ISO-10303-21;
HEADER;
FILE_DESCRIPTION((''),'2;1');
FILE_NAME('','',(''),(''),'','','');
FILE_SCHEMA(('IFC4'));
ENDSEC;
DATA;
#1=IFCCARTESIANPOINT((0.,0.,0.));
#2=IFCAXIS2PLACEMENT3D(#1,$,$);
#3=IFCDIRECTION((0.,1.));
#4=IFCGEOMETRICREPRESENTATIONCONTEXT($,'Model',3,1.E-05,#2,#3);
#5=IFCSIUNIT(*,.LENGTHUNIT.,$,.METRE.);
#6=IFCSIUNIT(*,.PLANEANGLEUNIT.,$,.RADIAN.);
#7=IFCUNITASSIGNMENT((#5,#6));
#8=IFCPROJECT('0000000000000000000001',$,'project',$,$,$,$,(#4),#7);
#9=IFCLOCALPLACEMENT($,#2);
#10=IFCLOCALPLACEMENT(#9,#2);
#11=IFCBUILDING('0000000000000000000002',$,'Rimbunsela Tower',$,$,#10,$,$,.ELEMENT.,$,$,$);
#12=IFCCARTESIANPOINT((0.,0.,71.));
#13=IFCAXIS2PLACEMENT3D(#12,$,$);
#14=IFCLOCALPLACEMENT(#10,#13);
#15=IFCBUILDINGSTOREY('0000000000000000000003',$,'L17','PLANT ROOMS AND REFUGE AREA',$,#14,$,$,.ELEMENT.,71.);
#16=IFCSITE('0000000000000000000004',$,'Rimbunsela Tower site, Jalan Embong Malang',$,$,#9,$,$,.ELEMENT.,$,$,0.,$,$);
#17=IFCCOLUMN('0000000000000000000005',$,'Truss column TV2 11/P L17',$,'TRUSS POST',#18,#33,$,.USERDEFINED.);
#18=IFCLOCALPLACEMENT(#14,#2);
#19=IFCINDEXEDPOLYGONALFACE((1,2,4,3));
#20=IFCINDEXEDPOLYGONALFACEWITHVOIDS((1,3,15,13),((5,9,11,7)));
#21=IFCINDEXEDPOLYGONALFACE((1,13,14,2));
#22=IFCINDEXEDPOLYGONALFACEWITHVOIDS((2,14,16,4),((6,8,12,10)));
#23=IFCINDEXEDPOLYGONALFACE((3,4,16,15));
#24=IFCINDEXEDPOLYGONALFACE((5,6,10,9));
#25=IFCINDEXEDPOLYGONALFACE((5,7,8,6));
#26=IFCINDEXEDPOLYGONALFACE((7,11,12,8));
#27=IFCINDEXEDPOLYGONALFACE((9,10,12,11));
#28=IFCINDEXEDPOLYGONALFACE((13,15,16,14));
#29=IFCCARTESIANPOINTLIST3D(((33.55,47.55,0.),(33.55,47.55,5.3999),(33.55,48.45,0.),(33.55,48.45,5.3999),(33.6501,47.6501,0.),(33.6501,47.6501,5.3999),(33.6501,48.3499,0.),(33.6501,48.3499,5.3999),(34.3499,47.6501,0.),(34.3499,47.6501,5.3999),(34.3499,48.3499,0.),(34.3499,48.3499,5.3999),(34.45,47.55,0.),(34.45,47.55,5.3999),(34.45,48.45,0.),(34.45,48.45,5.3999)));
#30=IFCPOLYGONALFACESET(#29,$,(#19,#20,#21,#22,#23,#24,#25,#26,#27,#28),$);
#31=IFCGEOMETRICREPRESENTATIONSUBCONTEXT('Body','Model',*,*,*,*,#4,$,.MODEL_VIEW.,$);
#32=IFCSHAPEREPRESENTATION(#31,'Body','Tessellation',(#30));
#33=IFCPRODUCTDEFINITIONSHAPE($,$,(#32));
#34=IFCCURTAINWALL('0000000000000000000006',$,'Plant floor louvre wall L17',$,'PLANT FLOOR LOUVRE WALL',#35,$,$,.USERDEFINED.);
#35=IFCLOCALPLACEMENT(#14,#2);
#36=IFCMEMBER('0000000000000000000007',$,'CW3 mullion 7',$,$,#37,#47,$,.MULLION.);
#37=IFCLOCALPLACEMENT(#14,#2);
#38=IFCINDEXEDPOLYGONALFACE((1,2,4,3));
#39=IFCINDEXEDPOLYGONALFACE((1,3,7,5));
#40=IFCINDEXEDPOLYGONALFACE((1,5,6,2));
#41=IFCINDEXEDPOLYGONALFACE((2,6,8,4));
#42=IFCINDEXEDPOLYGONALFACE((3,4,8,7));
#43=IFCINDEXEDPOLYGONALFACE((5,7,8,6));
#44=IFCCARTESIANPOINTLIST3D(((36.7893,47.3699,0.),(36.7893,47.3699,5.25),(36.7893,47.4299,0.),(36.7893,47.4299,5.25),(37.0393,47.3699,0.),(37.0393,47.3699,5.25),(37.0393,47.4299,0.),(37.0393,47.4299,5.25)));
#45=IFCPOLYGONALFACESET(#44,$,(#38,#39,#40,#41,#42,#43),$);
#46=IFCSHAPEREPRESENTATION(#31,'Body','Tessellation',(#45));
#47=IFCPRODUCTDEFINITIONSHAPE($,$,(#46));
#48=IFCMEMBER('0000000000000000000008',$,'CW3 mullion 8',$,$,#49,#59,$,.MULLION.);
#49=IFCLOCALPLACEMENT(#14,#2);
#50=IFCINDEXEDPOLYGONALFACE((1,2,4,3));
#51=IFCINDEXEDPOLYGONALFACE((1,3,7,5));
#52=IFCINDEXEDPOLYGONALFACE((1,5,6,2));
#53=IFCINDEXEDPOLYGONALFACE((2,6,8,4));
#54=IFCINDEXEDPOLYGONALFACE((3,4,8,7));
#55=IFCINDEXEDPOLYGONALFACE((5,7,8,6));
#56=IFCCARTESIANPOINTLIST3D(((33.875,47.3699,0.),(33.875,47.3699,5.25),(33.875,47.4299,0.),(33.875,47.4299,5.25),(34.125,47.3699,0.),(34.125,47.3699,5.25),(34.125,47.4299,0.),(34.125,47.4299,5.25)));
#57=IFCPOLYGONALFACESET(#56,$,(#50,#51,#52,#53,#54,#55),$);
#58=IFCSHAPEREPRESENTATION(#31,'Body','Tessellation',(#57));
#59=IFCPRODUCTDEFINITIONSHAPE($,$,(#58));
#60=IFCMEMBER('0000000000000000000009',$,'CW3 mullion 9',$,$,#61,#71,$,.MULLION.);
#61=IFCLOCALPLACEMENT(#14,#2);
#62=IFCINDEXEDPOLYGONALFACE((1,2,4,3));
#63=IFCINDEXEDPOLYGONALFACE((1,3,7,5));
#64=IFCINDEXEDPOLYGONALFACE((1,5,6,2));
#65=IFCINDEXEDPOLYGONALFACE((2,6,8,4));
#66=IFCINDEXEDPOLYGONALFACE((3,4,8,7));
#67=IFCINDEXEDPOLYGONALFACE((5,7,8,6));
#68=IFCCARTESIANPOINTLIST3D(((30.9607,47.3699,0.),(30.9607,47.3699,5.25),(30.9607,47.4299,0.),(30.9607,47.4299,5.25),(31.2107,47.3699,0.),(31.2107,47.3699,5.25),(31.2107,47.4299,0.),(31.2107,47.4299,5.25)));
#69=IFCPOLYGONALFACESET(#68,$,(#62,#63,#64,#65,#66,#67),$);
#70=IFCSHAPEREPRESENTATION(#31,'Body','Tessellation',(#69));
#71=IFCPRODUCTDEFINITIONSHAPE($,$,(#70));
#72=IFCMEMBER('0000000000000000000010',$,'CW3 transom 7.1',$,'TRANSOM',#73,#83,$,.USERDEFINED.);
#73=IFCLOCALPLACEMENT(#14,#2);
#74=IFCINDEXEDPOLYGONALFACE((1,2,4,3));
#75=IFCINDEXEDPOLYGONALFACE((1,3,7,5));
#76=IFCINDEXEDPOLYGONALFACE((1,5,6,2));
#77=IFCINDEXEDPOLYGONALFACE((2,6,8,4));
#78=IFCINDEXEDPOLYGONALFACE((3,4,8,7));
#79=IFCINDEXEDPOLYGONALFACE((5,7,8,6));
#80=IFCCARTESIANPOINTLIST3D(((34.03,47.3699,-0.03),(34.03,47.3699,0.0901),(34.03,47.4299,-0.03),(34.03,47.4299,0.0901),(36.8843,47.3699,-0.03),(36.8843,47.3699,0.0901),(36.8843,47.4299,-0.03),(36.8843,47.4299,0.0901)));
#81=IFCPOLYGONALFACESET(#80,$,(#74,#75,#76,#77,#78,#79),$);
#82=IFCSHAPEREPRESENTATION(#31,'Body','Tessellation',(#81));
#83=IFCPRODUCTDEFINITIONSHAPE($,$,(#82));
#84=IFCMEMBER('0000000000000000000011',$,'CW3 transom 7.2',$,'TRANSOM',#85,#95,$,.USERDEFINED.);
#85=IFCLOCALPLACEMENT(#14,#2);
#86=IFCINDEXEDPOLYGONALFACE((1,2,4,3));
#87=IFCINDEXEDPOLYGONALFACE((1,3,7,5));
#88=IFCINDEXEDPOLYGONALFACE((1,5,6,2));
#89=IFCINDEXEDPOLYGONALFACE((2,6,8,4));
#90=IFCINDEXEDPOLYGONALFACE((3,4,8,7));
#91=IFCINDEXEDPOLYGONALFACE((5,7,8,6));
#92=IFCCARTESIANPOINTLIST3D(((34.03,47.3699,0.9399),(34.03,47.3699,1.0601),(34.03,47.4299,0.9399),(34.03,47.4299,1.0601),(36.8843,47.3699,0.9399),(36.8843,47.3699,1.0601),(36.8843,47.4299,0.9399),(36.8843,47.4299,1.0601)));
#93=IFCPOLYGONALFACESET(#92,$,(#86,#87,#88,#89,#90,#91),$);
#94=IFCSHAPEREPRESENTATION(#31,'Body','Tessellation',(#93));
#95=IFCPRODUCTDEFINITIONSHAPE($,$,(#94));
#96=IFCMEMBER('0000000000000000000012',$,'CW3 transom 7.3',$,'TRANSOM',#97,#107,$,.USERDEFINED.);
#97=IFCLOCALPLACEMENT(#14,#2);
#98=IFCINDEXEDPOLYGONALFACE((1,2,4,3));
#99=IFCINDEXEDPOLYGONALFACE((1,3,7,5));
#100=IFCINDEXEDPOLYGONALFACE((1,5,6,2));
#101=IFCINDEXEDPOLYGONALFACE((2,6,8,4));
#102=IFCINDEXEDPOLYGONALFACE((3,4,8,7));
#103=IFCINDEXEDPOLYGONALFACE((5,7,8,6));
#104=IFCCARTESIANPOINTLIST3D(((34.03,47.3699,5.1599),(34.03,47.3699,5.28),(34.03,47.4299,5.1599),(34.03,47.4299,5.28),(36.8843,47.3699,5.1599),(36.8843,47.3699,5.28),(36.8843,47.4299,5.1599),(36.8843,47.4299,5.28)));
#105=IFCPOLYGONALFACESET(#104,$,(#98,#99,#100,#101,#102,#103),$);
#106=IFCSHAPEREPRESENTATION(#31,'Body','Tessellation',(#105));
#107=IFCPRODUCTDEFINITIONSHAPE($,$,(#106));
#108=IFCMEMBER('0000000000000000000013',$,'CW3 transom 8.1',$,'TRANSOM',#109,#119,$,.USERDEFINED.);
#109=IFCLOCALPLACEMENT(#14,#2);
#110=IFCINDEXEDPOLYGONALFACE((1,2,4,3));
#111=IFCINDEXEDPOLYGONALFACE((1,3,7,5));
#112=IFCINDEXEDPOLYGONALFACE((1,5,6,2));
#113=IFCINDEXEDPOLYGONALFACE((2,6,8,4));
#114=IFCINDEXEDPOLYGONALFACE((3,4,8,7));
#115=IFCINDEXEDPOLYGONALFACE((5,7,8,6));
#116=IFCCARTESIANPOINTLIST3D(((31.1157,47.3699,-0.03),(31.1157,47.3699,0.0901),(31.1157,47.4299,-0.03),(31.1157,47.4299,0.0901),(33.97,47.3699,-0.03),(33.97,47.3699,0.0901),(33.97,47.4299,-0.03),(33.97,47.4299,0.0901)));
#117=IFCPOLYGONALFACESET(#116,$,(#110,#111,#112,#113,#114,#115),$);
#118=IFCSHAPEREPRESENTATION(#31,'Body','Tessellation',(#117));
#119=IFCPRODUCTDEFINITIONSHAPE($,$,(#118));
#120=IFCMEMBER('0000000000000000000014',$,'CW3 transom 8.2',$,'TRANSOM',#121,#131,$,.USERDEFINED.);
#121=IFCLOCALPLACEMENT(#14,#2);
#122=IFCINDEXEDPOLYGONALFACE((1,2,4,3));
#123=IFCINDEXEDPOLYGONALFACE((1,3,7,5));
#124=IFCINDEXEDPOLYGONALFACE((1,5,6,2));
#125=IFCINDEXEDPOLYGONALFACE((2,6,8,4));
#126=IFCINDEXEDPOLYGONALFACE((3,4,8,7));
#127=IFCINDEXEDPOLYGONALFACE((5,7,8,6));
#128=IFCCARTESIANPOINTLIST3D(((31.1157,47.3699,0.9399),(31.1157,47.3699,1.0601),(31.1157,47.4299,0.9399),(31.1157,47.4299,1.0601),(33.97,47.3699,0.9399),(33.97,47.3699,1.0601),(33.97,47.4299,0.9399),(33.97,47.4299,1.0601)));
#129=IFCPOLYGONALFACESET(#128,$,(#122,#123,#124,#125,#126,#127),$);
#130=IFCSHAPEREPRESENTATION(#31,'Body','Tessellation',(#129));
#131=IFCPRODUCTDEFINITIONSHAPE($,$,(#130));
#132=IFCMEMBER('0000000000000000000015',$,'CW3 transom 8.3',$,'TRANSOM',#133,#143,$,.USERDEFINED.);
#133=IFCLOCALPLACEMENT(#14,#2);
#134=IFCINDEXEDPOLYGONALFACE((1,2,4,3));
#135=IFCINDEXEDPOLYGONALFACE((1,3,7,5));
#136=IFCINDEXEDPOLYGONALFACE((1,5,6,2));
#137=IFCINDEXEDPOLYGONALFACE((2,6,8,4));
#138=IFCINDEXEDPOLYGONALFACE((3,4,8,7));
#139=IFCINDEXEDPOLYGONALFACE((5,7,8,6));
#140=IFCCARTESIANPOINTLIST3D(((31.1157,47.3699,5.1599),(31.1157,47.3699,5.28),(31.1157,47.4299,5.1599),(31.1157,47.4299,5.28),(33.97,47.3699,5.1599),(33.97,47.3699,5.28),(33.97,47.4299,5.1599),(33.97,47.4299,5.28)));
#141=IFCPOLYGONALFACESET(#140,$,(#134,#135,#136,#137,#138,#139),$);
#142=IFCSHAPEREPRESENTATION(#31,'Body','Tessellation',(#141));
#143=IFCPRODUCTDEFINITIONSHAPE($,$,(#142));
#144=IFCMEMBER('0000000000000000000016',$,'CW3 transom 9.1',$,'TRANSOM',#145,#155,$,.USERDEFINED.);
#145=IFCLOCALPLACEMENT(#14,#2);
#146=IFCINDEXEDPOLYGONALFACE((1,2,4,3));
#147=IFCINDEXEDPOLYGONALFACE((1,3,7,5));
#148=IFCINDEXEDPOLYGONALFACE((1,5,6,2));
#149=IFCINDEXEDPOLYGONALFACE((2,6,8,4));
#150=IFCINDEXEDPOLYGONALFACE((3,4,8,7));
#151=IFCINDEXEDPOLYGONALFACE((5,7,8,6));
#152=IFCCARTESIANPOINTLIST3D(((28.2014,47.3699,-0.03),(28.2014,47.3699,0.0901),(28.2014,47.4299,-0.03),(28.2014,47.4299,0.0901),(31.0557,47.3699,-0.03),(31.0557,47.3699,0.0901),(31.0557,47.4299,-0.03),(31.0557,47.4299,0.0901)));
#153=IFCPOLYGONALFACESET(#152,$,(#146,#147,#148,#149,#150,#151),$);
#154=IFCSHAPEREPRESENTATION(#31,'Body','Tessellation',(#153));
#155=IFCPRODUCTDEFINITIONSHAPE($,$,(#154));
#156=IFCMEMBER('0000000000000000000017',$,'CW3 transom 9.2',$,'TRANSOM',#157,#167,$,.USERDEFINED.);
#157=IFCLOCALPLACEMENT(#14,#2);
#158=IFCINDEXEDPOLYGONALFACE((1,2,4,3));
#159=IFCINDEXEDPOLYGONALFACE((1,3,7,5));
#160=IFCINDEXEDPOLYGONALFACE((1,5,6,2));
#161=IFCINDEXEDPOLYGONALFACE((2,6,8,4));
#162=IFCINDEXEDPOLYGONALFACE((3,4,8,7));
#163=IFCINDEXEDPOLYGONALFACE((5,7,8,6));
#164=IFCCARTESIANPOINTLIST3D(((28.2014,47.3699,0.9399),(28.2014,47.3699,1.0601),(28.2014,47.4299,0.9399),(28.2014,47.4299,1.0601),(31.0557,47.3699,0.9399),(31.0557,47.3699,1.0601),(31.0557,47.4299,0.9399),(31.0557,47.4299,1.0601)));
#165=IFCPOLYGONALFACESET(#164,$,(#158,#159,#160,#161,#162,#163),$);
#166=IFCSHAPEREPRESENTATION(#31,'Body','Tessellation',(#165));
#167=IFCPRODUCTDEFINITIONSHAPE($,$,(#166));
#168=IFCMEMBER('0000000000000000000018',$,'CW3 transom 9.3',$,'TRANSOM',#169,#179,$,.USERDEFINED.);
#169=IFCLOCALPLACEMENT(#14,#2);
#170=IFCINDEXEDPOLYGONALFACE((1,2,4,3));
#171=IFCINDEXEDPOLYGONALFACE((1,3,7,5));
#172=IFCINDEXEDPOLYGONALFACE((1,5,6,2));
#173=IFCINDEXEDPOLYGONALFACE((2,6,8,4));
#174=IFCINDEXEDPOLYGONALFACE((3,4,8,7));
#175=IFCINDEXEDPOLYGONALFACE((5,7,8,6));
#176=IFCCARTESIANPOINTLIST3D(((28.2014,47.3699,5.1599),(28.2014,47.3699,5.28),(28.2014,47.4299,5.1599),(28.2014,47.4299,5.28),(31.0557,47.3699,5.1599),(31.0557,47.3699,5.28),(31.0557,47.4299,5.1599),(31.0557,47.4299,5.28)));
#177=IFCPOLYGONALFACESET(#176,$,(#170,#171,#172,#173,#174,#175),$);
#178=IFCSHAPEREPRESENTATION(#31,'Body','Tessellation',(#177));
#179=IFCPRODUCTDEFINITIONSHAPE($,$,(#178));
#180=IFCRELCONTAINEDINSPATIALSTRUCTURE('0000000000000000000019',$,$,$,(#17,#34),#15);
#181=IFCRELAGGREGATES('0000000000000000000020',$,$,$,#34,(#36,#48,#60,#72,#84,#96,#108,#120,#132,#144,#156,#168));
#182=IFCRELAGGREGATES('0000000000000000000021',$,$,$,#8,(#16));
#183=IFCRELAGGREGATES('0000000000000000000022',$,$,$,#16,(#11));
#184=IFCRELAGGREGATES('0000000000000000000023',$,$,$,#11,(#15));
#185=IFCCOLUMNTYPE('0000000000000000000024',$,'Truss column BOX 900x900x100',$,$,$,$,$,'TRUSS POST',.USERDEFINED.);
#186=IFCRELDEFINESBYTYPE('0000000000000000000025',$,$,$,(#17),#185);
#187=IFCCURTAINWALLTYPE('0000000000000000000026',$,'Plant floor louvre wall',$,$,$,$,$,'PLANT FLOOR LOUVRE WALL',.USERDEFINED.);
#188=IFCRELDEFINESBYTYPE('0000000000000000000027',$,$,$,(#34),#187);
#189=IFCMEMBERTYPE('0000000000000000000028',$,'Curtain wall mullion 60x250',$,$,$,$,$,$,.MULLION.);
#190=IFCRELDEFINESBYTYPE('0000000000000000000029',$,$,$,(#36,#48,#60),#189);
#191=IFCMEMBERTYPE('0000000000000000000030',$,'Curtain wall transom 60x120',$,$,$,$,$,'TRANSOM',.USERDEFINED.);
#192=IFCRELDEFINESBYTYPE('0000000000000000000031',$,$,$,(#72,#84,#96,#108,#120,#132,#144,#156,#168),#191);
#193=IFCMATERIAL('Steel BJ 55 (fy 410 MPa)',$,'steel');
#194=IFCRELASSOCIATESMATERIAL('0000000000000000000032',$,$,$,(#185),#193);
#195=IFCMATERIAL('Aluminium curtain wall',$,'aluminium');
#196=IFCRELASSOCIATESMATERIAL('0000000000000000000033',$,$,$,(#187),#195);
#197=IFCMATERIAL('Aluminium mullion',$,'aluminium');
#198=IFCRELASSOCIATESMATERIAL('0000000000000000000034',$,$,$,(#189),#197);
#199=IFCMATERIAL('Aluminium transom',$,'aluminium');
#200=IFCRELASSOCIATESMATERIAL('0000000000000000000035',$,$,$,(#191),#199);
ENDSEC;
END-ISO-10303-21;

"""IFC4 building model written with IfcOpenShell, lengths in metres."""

from ifc_helpers import new_model, si_unit, direction, frame, origin, origin_2d, place, context, subcontext, project, spatial, rectangle, hollow_rectangle, extrude, material, material_profile, profile_set, type_object, element, aggregate, save


model = new_model("IFC4")

# Units and contexts
model_context = context("Model", 3, precision=1e-05, world=origin(), true_north=direction((0.0, 1.0)))
body_context = subcontext(model_context, "Body", "Model", "MODEL_VIEW")
ifc_project = project(units=[si_unit("LENGTHUNIT", "METRE"), si_unit("PLANEANGLEUNIT", "RADIAN")], contexts=[model_context])

# Site, building, storey
site_placement = place(None, origin())
site = spatial("IfcSite", under=ifc_project, at=site_placement, Name="Rimbunsela Tower site, Jalan Embong Malang", CompositionType="ELEMENT", RefElevation=0.0)
building_placement = place(site_placement, origin())
building = spatial("IfcBuilding", under=site, at=building_placement, Name="Rimbunsela Tower", CompositionType="ELEMENT")
storey_placement = place(building_placement, frame((0.0, 0.0, 71.0)))
storey = spatial("IfcBuildingStorey", under=building, at=storey_placement, Name="L17", Description="PLANT ROOMS AND REFUGE AREA", CompositionType="ELEMENT", Elevation=71.0)

# Column
ifc_material_1 = material(Name="Steel BJ 55 (fy 410 MPa)", Category="steel")
ifc_material_profile_1 = material_profile(ifc_material_1, hollow_rectangle(XDim=0.8999, YDim=0.8999, WallThickness=0.1001, at=origin_2d()), Name="BOX 900x900x100")
ifc_profile_set_1 = profile_set([ifc_material_profile_1], Name="Steel BJ 55 (fy 410 MPa)")
column_type = type_object("IfcColumnType", Name="Truss column BOX 900x900x100", ElementType="TRUSS POST", PredefinedType="USERDEFINED", material=ifc_profile_set_1)
column_placement = place(storey_placement, frame((34.0, 48.0, 0.0), z_axis=(0.0, 0.0, 1.0), x_axis=(1.0, 0.0, 0.0)))
element("IfcColumn", 1, at=column_placement, inside=storey, type_object=column_type, Name="Truss column TV2 11/P L17", ObjectType="TRUSS POST", PredefinedType="USERDEFINED", context=body_context, shape_type="SweptSolid", body=[
    extrude(hollow_rectangle(XDim=0.8999, YDim=0.8999, WallThickness=0.1001, at=origin_2d()), origin(), (0.0, 0.0, 1.0), 5.3999),
])

# Curtain wall, members
ifc_material_2 = material(Name="Aluminium curtain wall", Category="aluminium")
curtain_wall_type = type_object("IfcCurtainWallType", Name="Plant floor louvre wall", ElementType="PLANT FLOOR LOUVRE WALL", PredefinedType="USERDEFINED", material=ifc_material_2)
curtain_wall_placement = place(storey_placement, origin())
curtain_wall = element("IfcCurtainWall", 2, at=curtain_wall_placement, inside=storey, type_object=curtain_wall_type, Name="Plant floor louvre wall L17", ObjectType="PLANT FLOOR LOUVRE WALL", PredefinedType="USERDEFINED")
ifc_material_3 = material(Name="Aluminium mullion", Category="aluminium")
ifc_material_profile_2 = material_profile(ifc_material_3, rectangle(XDim=0.0601, YDim=0.25, at=origin_2d()), Name="Mullion 60x250")
ifc_profile_set_2 = profile_set([ifc_material_profile_2], Name="Aluminium mullion")
member_type_1 = type_object("IfcMemberType", Name="Curtain wall mullion 60x250", PredefinedType="MULLION", material=ifc_profile_set_2)
member_1_placement = place(storey_placement, frame((36.9143, 47.3999, 0.0), z_axis=(0.0, 0.0, 1.0), x_axis=(0.0, -1.0, 0.0)))
member_1 = element("IfcMember", 3, at=member_1_placement, type_object=member_type_1, Name="CW3 mullion 7", PredefinedType="MULLION", context=body_context, shape_type="SweptSolid", body=[
    extrude(rectangle(XDim=0.0601, YDim=0.25, at=origin_2d()), origin(), (0.0, 0.0, 1.0), 5.25),
])
member_2_placement = place(storey_placement, frame((34.0, 47.3999, 0.0), z_axis=(0.0, 0.0, 1.0), x_axis=(0.0, -1.0, 0.0)))
member_2 = element("IfcMember", 4, at=member_2_placement, type_object=member_type_1, Name="CW3 mullion 8", PredefinedType="MULLION", context=body_context, shape_type="SweptSolid", body=[
    extrude(rectangle(XDim=0.0601, YDim=0.25, at=origin_2d()), origin(), (0.0, 0.0, 1.0), 5.25),
])
member_3_placement = place(storey_placement, frame((31.0857, 47.3999, 0.0), z_axis=(0.0, 0.0, 1.0), x_axis=(0.0, -1.0, 0.0)))
member_3 = element("IfcMember", 5, at=member_3_placement, type_object=member_type_1, Name="CW3 mullion 9", PredefinedType="MULLION", context=body_context, shape_type="SweptSolid", body=[
    extrude(rectangle(XDim=0.0601, YDim=0.25, at=origin_2d()), origin(), (0.0, 0.0, 1.0), 5.25),
])
ifc_material_4 = material(Name="Aluminium transom", Category="aluminium")
ifc_material_profile_3 = material_profile(ifc_material_4, rectangle(XDim=0.0601, YDim=0.1201, at=origin_2d()), Name="Transom 60x120")
ifc_profile_set_3 = profile_set([ifc_material_profile_3], Name="Aluminium transom")
member_type_2 = type_object("IfcMemberType", Name="Curtain wall transom 60x120", ElementType="TRANSOM", PredefinedType="USERDEFINED", material=ifc_profile_set_3)
member_4_placement = place(storey_placement, frame((36.8843, 47.3999, 0.03), z_axis=(-1.0, 0.0, 0.0), x_axis=(0.0, -1.0, 0.0)))
member_4 = element("IfcMember", 6, at=member_4_placement, type_object=member_type_2, Name="CW3 transom 7.1", ObjectType="TRANSOM", PredefinedType="USERDEFINED", context=body_context, shape_type="SweptSolid", body=[
    extrude(rectangle(XDim=0.0601, YDim=0.1201, at=origin_2d()), origin(), (0.0, 0.0, 1.0), 2.8542),
])
member_5_placement = place(storey_placement, frame((36.8843, 47.3999, 1.0), z_axis=(-1.0, 0.0, 0.0), x_axis=(0.0, -1.0, 0.0)))
member_5 = element("IfcMember", 7, at=member_5_placement, type_object=member_type_2, Name="CW3 transom 7.2", ObjectType="TRANSOM", PredefinedType="USERDEFINED", context=body_context, shape_type="SweptSolid", body=[
    extrude(rectangle(XDim=0.0601, YDim=0.1201, at=origin_2d()), origin(), (0.0, 0.0, 1.0), 2.8542),
])
member_6_placement = place(storey_placement, frame((36.8843, 47.3999, 5.22), z_axis=(-1.0, 0.0, 0.0), x_axis=(0.0, -1.0, 0.0)))
member_6 = element("IfcMember", 8, at=member_6_placement, type_object=member_type_2, Name="CW3 transom 7.3", ObjectType="TRANSOM", PredefinedType="USERDEFINED", context=body_context, shape_type="SweptSolid", body=[
    extrude(rectangle(XDim=0.0601, YDim=0.1201, at=origin_2d()), origin(), (0.0, 0.0, 1.0), 2.8542),
])
member_7_placement = place(storey_placement, frame((33.97, 47.3999, 0.03), z_axis=(-1.0, 0.0, 0.0), x_axis=(0.0, -1.0, 0.0)))
member_7 = element("IfcMember", 9, at=member_7_placement, type_object=member_type_2, Name="CW3 transom 8.1", ObjectType="TRANSOM", PredefinedType="USERDEFINED", context=body_context, shape_type="SweptSolid", body=[
    extrude(rectangle(XDim=0.0601, YDim=0.1201, at=origin_2d()), origin(), (0.0, 0.0, 1.0), 2.8542),
])
member_8_placement = place(storey_placement, frame((33.97, 47.3999, 1.0), z_axis=(-1.0, 0.0, 0.0), x_axis=(0.0, -1.0, 0.0)))
member_8 = element("IfcMember", 10, at=member_8_placement, type_object=member_type_2, Name="CW3 transom 8.2", ObjectType="TRANSOM", PredefinedType="USERDEFINED", context=body_context, shape_type="SweptSolid", body=[
    extrude(rectangle(XDim=0.0601, YDim=0.1201, at=origin_2d()), origin(), (0.0, 0.0, 1.0), 2.8542),
])
member_9_placement = place(storey_placement, frame((33.97, 47.3999, 5.22), z_axis=(-1.0, 0.0, 0.0), x_axis=(0.0, -1.0, 0.0)))
member_9 = element("IfcMember", 11, at=member_9_placement, type_object=member_type_2, Name="CW3 transom 8.3", ObjectType="TRANSOM", PredefinedType="USERDEFINED", context=body_context, shape_type="SweptSolid", body=[
    extrude(rectangle(XDim=0.0601, YDim=0.1201, at=origin_2d()), origin(), (0.0, 0.0, 1.0), 2.8542),
])
member_10_placement = place(storey_placement, frame((31.0557, 47.3999, 0.03), z_axis=(-1.0, 0.0, 0.0), x_axis=(0.0, -1.0, 0.0)))
member_10 = element("IfcMember", 12, at=member_10_placement, type_object=member_type_2, Name="CW3 transom 9.1", ObjectType="TRANSOM", PredefinedType="USERDEFINED", context=body_context, shape_type="SweptSolid", body=[
    extrude(rectangle(XDim=0.0601, YDim=0.1201, at=origin_2d()), origin(), (0.0, 0.0, 1.0), 2.8542),
])
member_11_placement = place(storey_placement, frame((31.0557, 47.3999, 1.0), z_axis=(-1.0, 0.0, 0.0), x_axis=(0.0, -1.0, 0.0)))
member_11 = element("IfcMember", 13, at=member_11_placement, type_object=member_type_2, Name="CW3 transom 9.2", ObjectType="TRANSOM", PredefinedType="USERDEFINED", context=body_context, shape_type="SweptSolid", body=[
    extrude(rectangle(XDim=0.0601, YDim=0.1201, at=origin_2d()), origin(), (0.0, 0.0, 1.0), 2.8542),
])
member_12_placement = place(storey_placement, frame((31.0557, 47.3999, 5.22), z_axis=(-1.0, 0.0, 0.0), x_axis=(0.0, -1.0, 0.0)))
member_12 = element("IfcMember", 14, at=member_12_placement, type_object=member_type_2, Name="CW3 transom 9.3", ObjectType="TRANSOM", PredefinedType="USERDEFINED", context=body_context, shape_type="SweptSolid", body=[
    extrude(rectangle(XDim=0.0601, YDim=0.1201, at=origin_2d()), origin(), (0.0, 0.0, 1.0), 2.8542),
])

aggregate(curtain_wall, [member_1, member_2, member_3, member_4, member_5, member_6, member_7, member_8, member_9, member_10, member_11, member_12])

save(model, "model.ifc")
